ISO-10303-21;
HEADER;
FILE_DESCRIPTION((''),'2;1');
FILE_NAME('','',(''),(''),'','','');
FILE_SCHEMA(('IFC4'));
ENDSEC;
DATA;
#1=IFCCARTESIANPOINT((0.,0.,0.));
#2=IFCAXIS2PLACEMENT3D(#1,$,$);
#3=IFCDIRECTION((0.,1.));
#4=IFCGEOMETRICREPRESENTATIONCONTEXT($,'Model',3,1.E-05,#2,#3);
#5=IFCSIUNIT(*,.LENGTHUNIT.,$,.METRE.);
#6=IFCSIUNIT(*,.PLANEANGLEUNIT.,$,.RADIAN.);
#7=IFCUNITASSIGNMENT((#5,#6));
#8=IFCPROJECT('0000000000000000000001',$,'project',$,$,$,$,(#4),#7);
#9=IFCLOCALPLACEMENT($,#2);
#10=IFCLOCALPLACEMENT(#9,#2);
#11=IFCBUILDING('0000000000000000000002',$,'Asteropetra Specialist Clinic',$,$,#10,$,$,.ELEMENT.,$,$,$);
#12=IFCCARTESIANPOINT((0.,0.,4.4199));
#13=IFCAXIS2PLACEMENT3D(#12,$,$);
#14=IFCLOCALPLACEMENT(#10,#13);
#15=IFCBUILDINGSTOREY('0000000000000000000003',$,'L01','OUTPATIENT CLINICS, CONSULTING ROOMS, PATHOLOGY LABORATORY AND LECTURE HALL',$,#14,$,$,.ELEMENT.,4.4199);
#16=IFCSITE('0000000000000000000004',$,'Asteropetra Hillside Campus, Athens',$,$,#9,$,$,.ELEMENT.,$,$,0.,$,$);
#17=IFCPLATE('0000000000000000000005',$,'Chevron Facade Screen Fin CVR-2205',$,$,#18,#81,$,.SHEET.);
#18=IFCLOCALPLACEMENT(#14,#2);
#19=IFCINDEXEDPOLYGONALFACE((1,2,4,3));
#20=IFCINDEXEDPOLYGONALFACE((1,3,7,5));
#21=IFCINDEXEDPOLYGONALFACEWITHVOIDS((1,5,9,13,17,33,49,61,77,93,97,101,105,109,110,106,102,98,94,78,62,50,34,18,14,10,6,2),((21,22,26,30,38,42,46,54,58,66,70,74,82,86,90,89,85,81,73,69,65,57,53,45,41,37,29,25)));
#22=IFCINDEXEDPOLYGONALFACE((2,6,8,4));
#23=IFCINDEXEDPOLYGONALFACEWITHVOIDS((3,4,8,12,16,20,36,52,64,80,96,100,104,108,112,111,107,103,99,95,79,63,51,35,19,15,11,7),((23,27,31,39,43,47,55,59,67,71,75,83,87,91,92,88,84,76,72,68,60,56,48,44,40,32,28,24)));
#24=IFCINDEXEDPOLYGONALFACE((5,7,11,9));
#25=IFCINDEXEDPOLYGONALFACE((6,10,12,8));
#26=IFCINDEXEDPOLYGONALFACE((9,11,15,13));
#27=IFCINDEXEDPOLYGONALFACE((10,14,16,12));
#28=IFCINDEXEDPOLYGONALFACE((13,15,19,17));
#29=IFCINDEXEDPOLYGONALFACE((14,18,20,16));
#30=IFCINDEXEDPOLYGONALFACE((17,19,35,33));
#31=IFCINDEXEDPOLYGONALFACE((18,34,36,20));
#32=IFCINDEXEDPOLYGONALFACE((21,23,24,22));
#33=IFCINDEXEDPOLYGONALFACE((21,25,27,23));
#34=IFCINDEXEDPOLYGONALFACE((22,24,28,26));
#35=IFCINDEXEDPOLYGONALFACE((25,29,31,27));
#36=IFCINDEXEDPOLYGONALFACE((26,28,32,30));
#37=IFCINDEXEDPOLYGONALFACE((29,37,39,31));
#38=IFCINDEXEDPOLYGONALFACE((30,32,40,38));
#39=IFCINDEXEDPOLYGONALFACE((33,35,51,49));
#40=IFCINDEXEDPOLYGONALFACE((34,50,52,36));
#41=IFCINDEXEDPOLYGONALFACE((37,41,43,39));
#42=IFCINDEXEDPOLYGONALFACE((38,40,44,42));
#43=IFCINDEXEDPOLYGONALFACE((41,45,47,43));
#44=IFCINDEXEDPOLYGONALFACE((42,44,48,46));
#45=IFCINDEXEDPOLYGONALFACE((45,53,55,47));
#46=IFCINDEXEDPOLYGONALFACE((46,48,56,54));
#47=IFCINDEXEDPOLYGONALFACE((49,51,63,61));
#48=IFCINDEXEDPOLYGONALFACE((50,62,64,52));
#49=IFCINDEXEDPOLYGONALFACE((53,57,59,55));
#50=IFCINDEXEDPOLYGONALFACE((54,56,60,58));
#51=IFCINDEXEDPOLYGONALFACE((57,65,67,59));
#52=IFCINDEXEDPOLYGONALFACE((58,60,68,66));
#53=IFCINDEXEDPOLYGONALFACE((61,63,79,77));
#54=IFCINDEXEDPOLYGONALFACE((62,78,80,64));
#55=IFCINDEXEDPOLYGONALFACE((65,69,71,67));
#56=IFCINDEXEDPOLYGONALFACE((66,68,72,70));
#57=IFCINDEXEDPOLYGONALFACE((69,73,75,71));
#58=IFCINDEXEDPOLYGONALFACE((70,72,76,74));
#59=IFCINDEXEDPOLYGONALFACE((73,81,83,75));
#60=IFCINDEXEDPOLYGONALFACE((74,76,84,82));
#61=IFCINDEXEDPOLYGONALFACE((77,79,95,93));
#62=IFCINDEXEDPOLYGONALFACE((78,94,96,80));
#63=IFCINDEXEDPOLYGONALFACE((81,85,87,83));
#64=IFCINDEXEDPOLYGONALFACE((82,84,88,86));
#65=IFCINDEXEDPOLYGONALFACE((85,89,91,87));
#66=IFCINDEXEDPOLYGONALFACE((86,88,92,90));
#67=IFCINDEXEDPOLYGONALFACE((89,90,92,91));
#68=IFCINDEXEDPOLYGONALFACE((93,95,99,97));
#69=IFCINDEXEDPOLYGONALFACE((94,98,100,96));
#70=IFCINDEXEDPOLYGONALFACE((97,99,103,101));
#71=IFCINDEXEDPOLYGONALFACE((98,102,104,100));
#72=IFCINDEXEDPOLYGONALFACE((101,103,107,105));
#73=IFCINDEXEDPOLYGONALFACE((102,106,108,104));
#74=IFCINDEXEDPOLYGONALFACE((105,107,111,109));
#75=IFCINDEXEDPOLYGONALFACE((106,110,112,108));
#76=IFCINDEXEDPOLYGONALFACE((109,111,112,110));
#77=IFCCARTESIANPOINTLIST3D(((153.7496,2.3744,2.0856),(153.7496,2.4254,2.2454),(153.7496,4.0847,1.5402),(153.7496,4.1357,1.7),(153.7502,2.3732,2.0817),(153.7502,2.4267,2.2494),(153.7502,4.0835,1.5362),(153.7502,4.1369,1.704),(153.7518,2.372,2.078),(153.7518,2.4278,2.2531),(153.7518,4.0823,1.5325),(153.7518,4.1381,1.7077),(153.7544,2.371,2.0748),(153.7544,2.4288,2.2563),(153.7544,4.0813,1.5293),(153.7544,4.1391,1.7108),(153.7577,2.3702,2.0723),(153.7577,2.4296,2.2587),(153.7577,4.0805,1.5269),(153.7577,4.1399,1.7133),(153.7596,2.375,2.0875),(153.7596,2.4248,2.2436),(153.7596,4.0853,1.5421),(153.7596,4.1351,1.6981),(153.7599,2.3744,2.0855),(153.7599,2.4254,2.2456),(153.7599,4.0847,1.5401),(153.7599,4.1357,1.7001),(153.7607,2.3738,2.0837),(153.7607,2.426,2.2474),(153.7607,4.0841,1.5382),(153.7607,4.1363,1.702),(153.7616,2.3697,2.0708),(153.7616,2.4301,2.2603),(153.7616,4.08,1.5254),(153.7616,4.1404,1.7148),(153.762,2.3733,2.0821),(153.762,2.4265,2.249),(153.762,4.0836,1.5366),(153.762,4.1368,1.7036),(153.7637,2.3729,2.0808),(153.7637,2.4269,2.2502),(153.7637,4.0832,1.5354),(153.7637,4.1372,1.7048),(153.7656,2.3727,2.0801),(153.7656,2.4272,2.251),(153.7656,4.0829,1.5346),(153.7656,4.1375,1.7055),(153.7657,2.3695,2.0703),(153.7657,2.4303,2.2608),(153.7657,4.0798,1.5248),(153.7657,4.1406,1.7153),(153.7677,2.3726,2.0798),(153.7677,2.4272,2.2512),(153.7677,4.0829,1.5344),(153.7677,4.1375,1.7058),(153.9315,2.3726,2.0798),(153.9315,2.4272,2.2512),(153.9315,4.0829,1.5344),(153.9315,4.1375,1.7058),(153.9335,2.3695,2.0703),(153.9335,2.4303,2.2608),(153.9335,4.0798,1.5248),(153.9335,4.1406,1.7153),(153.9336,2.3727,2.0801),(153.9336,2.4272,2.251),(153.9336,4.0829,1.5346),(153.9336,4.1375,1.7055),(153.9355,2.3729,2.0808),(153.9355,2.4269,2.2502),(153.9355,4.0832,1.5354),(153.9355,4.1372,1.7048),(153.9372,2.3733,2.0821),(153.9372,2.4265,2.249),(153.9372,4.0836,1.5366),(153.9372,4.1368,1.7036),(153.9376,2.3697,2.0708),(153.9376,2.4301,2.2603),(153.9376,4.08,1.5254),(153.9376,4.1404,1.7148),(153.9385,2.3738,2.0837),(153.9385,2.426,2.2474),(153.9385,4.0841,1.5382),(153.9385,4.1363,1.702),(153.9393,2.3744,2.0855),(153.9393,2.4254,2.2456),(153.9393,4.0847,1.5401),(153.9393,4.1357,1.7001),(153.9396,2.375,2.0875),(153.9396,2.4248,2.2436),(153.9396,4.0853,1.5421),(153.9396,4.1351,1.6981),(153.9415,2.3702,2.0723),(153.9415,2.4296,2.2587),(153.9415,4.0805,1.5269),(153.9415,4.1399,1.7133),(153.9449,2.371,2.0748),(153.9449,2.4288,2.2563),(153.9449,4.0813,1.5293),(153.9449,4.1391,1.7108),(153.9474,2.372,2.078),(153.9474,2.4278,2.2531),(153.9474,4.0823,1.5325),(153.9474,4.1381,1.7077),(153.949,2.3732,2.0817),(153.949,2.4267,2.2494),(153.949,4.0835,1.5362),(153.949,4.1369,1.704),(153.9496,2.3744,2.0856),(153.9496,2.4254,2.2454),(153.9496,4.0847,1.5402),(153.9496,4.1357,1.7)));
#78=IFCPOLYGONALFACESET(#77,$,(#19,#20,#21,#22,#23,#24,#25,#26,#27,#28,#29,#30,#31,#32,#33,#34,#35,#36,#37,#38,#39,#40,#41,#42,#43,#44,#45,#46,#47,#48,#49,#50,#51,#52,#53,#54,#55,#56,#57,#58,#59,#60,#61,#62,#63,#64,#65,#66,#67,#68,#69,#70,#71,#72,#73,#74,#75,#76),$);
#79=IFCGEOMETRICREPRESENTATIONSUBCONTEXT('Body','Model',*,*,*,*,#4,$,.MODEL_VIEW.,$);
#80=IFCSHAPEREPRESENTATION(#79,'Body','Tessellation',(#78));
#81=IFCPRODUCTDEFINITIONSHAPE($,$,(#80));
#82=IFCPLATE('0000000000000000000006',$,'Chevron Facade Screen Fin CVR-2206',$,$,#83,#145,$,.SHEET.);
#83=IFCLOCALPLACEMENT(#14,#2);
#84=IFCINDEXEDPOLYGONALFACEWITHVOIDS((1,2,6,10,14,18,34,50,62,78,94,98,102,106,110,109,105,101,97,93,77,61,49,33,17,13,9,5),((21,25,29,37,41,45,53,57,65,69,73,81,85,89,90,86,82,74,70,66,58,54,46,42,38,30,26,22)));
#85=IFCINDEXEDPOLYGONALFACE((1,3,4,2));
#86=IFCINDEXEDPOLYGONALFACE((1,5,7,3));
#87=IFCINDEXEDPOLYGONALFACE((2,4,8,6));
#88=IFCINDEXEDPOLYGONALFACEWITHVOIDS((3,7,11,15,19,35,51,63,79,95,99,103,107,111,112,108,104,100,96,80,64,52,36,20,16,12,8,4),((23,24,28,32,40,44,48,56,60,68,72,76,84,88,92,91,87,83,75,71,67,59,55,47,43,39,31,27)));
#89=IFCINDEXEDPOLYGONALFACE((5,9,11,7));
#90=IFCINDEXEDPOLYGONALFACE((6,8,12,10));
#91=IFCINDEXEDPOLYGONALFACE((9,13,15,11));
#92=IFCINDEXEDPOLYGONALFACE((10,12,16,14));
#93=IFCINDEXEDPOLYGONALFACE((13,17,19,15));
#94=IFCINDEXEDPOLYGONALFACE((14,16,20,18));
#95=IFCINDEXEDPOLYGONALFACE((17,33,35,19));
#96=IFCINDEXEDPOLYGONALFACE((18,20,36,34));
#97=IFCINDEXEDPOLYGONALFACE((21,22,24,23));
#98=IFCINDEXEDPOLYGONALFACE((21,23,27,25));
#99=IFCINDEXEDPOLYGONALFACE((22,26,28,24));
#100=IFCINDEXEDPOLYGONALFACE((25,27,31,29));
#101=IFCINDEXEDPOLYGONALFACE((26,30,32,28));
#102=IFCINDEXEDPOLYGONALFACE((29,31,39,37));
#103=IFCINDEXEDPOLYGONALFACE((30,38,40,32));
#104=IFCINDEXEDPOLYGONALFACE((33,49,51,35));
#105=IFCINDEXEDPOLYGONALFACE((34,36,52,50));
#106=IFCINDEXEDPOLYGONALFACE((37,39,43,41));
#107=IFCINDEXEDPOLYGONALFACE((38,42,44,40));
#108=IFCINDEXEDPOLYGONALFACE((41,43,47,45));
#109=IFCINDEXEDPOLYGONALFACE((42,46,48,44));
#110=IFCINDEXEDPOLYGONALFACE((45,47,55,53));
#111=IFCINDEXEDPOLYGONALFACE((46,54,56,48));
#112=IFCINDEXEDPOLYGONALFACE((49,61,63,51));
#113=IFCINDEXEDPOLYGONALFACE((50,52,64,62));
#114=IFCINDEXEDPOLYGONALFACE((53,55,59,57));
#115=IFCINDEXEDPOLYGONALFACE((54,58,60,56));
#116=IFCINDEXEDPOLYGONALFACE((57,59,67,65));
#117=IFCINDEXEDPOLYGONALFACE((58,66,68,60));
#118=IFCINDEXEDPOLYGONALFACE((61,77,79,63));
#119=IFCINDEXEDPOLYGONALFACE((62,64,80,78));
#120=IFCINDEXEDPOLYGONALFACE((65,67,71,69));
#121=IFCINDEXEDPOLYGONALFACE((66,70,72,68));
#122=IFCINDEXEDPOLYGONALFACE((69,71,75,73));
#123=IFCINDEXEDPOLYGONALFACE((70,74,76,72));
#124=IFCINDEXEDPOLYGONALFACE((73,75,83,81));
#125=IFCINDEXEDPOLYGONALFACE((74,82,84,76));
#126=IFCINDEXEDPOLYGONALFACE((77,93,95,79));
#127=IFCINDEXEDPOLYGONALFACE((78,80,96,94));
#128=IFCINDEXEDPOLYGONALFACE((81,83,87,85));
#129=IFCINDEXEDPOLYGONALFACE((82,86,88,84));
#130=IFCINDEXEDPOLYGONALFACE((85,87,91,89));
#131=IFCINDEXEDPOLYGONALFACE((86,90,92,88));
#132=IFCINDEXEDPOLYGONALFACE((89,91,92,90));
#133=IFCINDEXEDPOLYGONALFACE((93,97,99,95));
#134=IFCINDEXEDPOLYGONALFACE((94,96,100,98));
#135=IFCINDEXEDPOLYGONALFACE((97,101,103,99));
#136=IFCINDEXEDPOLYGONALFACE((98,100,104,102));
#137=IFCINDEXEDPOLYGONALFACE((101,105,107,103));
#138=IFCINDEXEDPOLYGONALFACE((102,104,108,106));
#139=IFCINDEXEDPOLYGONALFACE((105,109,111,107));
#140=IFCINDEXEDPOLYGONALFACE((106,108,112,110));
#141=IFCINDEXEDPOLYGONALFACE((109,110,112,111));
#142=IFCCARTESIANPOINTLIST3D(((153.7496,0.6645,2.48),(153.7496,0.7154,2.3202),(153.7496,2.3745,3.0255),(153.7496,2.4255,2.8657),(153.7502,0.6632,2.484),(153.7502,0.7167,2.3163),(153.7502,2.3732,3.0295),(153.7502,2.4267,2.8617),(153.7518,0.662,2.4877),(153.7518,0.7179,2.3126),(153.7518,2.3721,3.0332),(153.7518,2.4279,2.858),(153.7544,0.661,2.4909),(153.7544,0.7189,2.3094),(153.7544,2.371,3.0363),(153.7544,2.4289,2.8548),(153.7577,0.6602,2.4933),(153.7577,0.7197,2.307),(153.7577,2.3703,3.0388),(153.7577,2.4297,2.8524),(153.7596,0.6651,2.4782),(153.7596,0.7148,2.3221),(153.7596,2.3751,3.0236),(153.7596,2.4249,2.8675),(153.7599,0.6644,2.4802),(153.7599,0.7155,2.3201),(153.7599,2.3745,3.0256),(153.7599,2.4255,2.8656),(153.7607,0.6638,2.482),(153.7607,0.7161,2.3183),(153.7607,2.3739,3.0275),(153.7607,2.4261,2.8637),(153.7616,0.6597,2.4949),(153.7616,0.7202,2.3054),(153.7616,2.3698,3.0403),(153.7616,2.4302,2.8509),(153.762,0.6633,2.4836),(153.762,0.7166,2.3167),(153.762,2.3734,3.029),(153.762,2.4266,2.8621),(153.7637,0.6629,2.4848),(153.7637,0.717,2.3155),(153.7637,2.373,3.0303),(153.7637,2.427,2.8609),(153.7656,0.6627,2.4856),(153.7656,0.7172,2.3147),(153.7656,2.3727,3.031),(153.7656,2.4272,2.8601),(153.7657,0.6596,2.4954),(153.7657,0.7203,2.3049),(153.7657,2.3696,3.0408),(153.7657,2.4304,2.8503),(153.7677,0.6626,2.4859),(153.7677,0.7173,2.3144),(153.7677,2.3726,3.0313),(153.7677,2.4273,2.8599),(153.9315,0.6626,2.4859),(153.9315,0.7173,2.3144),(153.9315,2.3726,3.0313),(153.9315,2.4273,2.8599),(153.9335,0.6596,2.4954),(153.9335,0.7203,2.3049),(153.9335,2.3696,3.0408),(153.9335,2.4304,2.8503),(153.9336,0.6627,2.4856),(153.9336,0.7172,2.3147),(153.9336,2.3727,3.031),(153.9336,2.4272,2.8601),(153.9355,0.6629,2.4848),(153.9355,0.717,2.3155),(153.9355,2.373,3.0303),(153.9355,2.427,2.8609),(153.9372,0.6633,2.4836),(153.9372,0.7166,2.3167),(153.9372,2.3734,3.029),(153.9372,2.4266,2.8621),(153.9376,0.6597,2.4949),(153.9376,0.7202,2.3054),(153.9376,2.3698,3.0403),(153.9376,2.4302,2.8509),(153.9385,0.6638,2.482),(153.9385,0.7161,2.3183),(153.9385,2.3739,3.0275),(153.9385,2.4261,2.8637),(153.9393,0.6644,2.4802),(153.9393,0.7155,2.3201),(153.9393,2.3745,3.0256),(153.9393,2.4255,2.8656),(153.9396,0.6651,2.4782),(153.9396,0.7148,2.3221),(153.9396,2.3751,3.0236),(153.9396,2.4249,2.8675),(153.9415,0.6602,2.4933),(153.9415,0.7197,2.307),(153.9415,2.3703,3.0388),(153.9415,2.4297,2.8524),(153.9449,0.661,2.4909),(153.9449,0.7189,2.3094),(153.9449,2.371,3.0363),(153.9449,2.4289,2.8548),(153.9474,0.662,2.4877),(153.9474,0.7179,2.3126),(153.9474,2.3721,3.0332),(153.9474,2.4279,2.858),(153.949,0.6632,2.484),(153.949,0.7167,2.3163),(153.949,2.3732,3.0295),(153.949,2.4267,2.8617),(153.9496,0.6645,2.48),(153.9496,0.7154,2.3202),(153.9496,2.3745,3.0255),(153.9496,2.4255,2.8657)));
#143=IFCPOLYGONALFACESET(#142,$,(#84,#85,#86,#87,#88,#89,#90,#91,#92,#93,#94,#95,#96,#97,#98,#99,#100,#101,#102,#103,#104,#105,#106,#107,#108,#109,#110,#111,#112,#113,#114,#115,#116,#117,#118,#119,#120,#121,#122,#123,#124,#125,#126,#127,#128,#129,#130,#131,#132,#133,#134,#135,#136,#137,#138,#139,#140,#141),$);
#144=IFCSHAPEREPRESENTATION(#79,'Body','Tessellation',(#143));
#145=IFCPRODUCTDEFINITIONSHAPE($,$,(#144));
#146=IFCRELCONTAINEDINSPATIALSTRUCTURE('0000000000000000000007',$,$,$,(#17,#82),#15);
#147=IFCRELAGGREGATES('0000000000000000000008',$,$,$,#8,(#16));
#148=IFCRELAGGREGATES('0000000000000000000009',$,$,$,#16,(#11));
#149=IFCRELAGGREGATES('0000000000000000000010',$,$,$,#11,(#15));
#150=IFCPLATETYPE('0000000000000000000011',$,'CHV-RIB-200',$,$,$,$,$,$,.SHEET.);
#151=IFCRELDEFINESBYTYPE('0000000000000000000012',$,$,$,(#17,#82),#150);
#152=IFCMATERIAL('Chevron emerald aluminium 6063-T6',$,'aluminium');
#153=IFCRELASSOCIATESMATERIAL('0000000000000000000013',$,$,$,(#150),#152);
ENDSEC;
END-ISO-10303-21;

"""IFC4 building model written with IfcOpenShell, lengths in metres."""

from ifc_helpers import new_model, si_unit, direction, frame, origin, origin_2d, place, context, subcontext, project, spatial, hollow_rectangle, extrude, material, material_profile, profile_set, type_object, element, save


model = new_model("IFC4")

# Units and contexts
model_context = context("Model", 3, precision=1e-05, world=origin(), true_north=direction((0.0, 1.0)))
body_context = subcontext(model_context, "Body", "Model", "MODEL_VIEW")
ifc_project = project(units=[si_unit("LENGTHUNIT", "METRE"), si_unit("PLANEANGLEUNIT", "RADIAN")], contexts=[model_context])

# Site, building, storey
site_placement = place(None, origin())
site = spatial("IfcSite", under=ifc_project, at=site_placement, Name="Asteropetra Hillside Campus, Athens", CompositionType="ELEMENT", RefElevation=0.0)
building_placement = place(site_placement, origin())
building = spatial("IfcBuilding", under=site, at=building_placement, Name="Asteropetra Specialist Clinic", CompositionType="ELEMENT")
storey_placement = place(building_placement, frame((0.0, 0.0, 4.4199)))
storey = spatial("IfcBuildingStorey", under=building, at=storey_placement, Name="L01", Description="OUTPATIENT CLINICS, CONSULTING ROOMS, PATHOLOGY LABORATORY AND LECTURE HALL", CompositionType="ELEMENT", Elevation=4.4199)

# Plates
ifc_material_1 = material(Name="Chevron emerald aluminium 6063-T6", Category="aluminium")
ifc_material_profile_1 = material_profile(ifc_material_1, hollow_rectangle(XDim=0.2, YDim=0.2, WallThickness=0.01, InnerFilletRadius=0.0081, OuterFilletRadius=0.0161, at=origin_2d()), Name="SHS 200x200x10.0")
ifc_profile_set_1 = profile_set([ifc_material_profile_1], Name="Chevron emerald aluminium 6063-T6")
plate_type = type_object("IfcPlateType", Name="CHV-RIB-200", PredefinedType="SHEET", material=ifc_profile_set_1)
plate_1_placement = place(storey_placement, frame((153.8496, 2.3999, 2.1655), z_axis=(0.0, 0.952724, -0.303838), x_axis=(-1.0, 0.0, 0.0)))
element("IfcPlate", 1, at=plate_1_placement, inside=storey, type_object=plate_type, Name="Chevron Facade Screen Fin CVR-2205", PredefinedType="SHEET", context=body_context, shape_type="SweptSolid", body=[
    extrude(hollow_rectangle(XDim=0.2, YDim=0.2, WallThickness=0.01, InnerFilletRadius=0.0081, OuterFilletRadius=0.0161, at=origin_2d()), origin(), (0.0, 0.0, 1.0), 1.7952),
])
plate_2_placement = place(storey_placement, frame((153.8496, 0.6899, 2.4001), z_axis=(0.0, 0.952711, 0.303877), x_axis=(-1.0, 0.0, 0.0)))
element("IfcPlate", 2, at=plate_2_placement, inside=storey, type_object=plate_type, Name="Chevron Facade Screen Fin CVR-2206", PredefinedType="SHEET", context=body_context, shape_type="SweptSolid", body=[
    extrude(hollow_rectangle(XDim=0.2, YDim=0.2, WallThickness=0.01, InnerFilletRadius=0.0081, OuterFilletRadius=0.0161, at=origin_2d()), origin(), (0.0, 0.0, 1.0), 1.7949),
])

save(model, "model.ifc")
